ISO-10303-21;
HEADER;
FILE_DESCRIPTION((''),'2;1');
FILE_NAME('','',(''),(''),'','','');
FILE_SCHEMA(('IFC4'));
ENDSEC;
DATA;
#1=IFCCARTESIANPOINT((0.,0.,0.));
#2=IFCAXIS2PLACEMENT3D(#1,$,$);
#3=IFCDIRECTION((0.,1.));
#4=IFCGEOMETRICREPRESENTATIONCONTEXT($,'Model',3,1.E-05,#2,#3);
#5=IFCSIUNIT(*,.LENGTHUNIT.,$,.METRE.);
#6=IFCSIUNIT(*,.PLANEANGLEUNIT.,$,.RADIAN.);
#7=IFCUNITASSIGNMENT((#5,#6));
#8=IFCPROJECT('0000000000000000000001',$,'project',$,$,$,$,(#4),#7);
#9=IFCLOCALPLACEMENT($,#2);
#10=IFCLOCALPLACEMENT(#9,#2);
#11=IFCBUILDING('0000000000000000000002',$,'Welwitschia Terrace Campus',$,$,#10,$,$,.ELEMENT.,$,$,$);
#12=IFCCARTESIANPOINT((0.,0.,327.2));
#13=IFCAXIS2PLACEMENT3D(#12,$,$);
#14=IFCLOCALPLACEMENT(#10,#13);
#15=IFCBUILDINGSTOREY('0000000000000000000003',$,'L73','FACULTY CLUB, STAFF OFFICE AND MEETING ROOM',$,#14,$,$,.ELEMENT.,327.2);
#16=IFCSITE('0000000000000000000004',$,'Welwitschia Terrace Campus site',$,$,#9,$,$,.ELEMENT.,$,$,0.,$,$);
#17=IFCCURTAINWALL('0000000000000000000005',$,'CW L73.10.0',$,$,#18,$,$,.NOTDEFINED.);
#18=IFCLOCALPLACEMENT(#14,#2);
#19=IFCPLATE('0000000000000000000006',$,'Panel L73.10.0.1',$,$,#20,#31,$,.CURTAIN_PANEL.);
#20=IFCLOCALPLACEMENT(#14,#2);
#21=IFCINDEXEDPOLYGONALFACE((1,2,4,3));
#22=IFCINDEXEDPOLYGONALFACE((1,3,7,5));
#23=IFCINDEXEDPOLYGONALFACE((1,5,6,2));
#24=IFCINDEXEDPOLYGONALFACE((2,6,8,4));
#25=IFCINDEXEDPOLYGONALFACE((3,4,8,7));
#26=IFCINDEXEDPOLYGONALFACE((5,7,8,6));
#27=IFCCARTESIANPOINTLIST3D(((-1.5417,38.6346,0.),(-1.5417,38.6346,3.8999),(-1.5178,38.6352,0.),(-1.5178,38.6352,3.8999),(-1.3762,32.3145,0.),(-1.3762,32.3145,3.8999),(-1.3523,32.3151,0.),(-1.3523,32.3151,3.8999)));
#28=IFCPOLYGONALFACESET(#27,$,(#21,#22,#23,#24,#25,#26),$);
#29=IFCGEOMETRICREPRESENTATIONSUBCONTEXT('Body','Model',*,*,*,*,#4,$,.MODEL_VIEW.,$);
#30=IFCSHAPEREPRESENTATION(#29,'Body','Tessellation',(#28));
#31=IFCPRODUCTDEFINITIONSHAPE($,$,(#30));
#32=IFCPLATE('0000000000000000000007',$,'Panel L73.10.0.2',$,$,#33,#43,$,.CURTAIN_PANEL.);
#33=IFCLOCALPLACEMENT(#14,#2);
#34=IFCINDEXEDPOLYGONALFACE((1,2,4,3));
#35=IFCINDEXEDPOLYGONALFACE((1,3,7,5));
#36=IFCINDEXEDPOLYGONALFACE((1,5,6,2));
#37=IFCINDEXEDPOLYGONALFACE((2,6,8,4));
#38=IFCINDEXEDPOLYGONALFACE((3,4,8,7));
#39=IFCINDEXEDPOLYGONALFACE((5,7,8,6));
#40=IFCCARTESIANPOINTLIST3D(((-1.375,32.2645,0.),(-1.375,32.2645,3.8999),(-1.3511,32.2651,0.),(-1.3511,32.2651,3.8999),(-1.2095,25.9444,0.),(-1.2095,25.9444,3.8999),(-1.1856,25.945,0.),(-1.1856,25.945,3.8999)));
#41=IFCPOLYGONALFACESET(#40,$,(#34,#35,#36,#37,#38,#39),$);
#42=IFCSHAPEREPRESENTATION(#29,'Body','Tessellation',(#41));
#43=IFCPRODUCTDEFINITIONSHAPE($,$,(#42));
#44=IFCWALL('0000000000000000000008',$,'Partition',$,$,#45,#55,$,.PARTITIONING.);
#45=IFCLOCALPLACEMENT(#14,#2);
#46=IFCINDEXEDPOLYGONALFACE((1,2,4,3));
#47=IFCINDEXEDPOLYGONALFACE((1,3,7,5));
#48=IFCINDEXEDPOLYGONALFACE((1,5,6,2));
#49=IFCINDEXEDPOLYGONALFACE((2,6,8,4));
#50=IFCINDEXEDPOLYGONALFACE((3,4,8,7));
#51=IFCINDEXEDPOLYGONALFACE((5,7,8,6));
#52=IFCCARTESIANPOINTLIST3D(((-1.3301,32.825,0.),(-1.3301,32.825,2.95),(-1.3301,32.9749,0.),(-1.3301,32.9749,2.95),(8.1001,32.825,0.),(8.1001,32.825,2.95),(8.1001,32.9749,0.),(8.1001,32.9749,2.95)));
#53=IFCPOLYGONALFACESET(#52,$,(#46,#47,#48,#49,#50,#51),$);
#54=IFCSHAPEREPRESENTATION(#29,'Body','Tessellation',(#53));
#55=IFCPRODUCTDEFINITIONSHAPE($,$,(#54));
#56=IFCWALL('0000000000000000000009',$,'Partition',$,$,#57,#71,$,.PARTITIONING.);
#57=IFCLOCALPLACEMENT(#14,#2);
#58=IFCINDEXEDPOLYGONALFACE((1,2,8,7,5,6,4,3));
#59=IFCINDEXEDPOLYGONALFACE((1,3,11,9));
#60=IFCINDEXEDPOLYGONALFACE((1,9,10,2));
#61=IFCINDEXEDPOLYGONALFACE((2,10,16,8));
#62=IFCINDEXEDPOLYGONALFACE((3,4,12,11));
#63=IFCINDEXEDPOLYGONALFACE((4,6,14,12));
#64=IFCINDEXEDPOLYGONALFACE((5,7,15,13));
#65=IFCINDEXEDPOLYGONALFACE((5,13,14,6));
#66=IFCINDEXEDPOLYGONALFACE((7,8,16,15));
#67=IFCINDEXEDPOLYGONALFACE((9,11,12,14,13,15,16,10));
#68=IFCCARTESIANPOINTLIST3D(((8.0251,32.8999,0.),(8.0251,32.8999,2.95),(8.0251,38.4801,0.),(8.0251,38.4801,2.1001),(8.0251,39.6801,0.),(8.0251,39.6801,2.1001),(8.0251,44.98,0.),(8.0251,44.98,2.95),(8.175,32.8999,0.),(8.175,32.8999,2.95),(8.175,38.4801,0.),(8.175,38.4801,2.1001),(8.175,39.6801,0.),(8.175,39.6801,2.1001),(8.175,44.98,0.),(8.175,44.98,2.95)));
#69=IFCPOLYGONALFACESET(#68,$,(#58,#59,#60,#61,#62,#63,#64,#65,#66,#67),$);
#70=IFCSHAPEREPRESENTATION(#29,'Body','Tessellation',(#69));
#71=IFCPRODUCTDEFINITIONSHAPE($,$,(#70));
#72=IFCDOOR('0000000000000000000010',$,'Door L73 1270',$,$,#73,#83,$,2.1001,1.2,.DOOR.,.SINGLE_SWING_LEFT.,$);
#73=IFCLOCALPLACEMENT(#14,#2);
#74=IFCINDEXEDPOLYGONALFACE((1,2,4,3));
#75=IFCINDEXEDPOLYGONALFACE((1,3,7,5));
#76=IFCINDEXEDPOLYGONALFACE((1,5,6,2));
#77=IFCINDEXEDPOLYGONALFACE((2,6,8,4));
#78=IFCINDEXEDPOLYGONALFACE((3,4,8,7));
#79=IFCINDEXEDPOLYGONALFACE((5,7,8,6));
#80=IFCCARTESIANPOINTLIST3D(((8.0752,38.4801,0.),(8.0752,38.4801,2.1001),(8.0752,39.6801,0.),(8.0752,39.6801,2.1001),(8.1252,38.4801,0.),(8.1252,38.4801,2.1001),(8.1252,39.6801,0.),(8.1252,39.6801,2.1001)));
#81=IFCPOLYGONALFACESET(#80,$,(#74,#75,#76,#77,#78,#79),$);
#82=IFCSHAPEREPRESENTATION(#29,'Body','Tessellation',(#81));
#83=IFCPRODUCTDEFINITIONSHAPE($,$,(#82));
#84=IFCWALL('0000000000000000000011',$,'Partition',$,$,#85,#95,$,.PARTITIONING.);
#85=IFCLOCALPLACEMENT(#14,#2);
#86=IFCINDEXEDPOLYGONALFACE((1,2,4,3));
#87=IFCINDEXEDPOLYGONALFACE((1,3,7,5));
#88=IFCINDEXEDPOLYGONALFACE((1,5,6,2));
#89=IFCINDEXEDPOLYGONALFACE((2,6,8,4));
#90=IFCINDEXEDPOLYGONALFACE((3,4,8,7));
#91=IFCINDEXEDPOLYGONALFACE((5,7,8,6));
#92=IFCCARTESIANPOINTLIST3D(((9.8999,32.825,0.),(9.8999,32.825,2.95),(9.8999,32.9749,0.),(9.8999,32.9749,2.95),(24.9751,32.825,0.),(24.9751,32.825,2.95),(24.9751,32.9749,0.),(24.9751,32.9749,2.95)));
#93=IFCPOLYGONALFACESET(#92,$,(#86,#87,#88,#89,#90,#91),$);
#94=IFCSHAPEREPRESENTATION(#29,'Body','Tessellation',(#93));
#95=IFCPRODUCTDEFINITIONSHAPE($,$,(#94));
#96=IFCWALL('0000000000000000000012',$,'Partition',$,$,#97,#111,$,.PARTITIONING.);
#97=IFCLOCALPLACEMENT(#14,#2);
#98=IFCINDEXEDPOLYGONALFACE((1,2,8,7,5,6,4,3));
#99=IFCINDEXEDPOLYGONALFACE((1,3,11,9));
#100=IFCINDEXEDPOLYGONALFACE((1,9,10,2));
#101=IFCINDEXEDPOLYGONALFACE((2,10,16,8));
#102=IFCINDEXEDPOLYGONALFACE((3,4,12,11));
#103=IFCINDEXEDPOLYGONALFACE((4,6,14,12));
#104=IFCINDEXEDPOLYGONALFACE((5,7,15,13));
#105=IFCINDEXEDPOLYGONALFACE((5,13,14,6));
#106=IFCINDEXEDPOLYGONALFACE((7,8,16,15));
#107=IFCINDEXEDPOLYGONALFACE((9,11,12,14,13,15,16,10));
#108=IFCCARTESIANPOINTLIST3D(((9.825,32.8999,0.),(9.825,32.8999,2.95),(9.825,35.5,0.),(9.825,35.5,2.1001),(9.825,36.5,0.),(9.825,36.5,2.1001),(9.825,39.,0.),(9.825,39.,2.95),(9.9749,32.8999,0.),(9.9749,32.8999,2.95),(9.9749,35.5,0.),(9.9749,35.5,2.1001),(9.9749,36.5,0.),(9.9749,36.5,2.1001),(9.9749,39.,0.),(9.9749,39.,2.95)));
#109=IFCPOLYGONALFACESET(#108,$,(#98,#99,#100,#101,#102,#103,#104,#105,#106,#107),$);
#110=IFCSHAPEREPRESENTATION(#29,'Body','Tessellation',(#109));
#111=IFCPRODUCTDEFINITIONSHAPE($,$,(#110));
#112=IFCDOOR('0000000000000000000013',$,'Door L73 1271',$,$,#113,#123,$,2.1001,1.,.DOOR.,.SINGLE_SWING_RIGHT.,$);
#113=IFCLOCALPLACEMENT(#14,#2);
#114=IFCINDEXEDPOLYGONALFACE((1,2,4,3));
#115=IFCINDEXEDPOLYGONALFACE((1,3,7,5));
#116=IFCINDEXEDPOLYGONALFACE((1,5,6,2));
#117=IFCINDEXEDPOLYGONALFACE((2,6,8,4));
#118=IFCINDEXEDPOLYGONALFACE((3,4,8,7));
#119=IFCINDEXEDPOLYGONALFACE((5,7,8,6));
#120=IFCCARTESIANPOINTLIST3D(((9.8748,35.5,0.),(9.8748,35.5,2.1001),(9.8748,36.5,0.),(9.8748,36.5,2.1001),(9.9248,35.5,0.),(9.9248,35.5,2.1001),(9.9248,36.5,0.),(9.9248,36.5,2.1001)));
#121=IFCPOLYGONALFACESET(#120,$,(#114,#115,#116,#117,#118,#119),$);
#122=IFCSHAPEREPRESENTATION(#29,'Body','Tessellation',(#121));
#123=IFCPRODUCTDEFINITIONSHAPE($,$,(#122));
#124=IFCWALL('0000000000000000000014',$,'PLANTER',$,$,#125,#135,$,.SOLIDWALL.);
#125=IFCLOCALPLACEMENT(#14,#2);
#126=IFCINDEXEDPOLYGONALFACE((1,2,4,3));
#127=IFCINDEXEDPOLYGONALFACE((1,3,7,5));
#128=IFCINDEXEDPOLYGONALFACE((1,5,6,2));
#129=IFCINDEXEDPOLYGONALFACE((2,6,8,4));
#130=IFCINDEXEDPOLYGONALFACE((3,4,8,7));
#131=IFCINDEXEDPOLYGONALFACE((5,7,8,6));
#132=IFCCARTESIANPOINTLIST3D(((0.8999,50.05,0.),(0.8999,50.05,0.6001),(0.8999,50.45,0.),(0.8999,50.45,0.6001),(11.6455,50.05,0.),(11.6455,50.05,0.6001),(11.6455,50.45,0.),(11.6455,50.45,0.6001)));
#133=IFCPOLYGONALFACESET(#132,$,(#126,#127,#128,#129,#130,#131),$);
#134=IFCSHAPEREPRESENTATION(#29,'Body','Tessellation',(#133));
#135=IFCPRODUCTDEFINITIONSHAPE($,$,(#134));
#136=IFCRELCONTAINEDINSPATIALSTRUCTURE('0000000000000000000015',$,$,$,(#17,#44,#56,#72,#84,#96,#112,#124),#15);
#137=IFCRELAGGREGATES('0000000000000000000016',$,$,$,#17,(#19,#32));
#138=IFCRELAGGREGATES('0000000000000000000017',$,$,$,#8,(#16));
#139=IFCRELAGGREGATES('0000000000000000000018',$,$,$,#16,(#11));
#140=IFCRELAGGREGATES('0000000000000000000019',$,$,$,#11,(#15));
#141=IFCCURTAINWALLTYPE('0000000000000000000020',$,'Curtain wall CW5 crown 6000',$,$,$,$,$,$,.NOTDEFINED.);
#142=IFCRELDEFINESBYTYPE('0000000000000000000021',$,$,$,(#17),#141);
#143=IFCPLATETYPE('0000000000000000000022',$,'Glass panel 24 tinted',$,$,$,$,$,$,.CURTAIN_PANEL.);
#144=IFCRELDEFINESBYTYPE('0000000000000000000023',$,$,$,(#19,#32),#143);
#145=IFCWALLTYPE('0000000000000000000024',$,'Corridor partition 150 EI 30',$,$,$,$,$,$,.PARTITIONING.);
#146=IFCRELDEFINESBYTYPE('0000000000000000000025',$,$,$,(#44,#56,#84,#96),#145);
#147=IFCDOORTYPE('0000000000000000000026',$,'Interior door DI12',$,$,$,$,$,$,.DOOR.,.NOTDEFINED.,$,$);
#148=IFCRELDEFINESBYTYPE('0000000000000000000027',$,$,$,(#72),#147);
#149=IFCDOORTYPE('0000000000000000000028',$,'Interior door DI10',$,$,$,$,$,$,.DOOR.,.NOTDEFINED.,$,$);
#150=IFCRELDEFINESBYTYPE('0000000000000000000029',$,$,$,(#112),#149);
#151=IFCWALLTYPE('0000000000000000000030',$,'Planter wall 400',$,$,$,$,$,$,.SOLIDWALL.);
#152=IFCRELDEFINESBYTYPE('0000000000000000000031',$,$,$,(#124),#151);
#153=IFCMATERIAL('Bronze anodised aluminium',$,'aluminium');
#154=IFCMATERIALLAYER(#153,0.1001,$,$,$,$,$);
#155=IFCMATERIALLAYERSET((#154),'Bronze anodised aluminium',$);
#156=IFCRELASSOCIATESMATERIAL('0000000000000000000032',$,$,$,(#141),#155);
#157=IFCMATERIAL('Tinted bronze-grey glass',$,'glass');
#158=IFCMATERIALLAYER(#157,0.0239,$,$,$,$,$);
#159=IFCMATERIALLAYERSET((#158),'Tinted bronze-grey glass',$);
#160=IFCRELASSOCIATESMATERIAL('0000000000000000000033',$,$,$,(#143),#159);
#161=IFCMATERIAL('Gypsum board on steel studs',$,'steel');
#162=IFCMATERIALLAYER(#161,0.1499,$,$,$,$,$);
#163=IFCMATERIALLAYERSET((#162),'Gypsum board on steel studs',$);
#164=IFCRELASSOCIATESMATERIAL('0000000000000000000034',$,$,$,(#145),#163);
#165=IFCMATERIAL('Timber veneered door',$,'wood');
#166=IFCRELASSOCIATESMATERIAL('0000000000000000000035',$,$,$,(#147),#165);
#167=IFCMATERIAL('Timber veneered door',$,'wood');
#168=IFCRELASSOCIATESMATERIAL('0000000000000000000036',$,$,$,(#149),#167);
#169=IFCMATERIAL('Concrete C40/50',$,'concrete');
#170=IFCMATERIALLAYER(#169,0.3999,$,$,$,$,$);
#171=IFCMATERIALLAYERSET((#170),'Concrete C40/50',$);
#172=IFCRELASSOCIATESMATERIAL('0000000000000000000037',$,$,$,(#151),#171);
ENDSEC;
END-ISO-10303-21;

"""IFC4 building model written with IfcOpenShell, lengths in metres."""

from ifc_helpers import new_model, si_unit, direction, frame, frame_2d, origin, origin_2d, place, context, subcontext, project, spatial, rectangle, extrude, material, layer, layer_set, type_object, element, fill, aggregate, save


model = new_model("IFC4")

# Units and contexts
model_context = context("Model", 3, precision=1e-05, world=origin(), true_north=direction((0.0, 1.0)))
body_context = subcontext(model_context, "Body", "Model", "MODEL_VIEW")
ifc_project = project(units=[si_unit("LENGTHUNIT", "METRE"), si_unit("PLANEANGLEUNIT", "RADIAN")], contexts=[model_context])

# Site, building, storey
site_placement = place(None, origin())
site = spatial("IfcSite", under=ifc_project, at=site_placement, Name="Welwitschia Terrace Campus site", CompositionType="ELEMENT", RefElevation=0.0)
building_placement = place(site_placement, origin())
building = spatial("IfcBuilding", under=site, at=building_placement, Name="Welwitschia Terrace Campus", CompositionType="ELEMENT")
storey_placement = place(building_placement, frame((0.0, 0.0, 327.2)))
storey = spatial("IfcBuildingStorey", under=building, at=storey_placement, Name="L73", Description="FACULTY CLUB, STAFF OFFICE AND MEETING ROOM", CompositionType="ELEMENT", Elevation=327.2)

# Curtain wall
ifc_material_1 = material(Name="Bronze anodised aluminium", Category="aluminium")
ifc_layer_1 = layer(ifc_material_1, 0.1001)
ifc_layer_set_1 = layer_set([ifc_layer_1], Name="Bronze anodised aluminium")
curtain_wall_type = type_object("IfcCurtainWallType", Name="Curtain wall CW5 crown 6000", PredefinedType="NOTDEFINED", material=ifc_layer_set_1)
curtain_wall_1_placement = place(storey_placement, origin())
curtain_wall_1 = element("IfcCurtainWall", 1, at=curtain_wall_1_placement, inside=storey, type_object=curtain_wall_type, Name="CW L73.10.0", PredefinedType="NOTDEFINED")

# Plates
ifc_material_2 = material(Name="Tinted bronze-grey glass", Category="glass")
ifc_layer_2 = layer(ifc_material_2, 0.0239)
ifc_layer_set_2 = layer_set([ifc_layer_2], Name="Tinted bronze-grey glass")
plate_type = type_object("IfcPlateType", Name="Glass panel 24 tinted", PredefinedType="CURTAIN_PANEL", material=ifc_layer_set_2)
plate_1_placement = place(storey_placement, frame((-1.447, 35.4749, 0.0), z_axis=(0.0, 0.0, 1.0), x_axis=(0.026177, -0.999657, 0.0)))
plate_1 = element("IfcPlate", 2, at=plate_1_placement, type_object=plate_type, Name="Panel L73.10.0.1", PredefinedType="CURTAIN_PANEL", context=body_context, shape_type="SweptSolid", body=[
    extrude(rectangle(XDim=6.3223, YDim=0.0239, at=origin_2d()), origin(), (0.0, 0.0, 1.0), 3.8999),
])
plate_2_placement = place(storey_placement, frame((-1.2803, 29.1047, 0.0), z_axis=(0.0, 0.0, 1.0), x_axis=(0.026177, -0.999657, 0.0)))
plate_2 = element("IfcPlate", 3, at=plate_2_placement, type_object=plate_type, Name="Panel L73.10.0.2", PredefinedType="CURTAIN_PANEL", context=body_context, shape_type="SweptSolid", body=[
    extrude(rectangle(XDim=6.3223, YDim=0.0239, at=origin_2d()), origin(), (0.0, 0.0, 1.0), 3.8999),
])
aggregate(curtain_wall_1, [plate_1, plate_2])

# Wall
ifc_material_3 = material(Name="Gypsum board on steel studs", Category="steel")
ifc_layer_3 = layer(ifc_material_3, 0.1499)
ifc_layer_set_3 = layer_set([ifc_layer_3], Name="Gypsum board on steel studs")
wall_type_1 = type_object("IfcWallType", Name="Corridor partition 150 EI 30", PredefinedType="PARTITIONING", material=ifc_layer_set_3)
wall_1_placement = place(storey_placement, frame((-1.3301, 32.8999, 0.0), z_axis=(0.0, 0.0, 1.0), x_axis=(1.0, 0.0, 0.0)))
element("IfcWall", 4, at=wall_1_placement, inside=storey, type_object=wall_type_1, Name="Partition", PredefinedType="PARTITIONING", context=body_context, shape_type="SweptSolid", body=[
    extrude(rectangle(XDim=9.4302, YDim=0.1499, at=frame_2d((4.7151, 0.0))), origin(), (0.0, 0.0, 1.0), 2.95),
])

# Wall, opening, door
wall_2_placement = place(storey_placement, frame((8.1001, 32.8999, 0.0), z_axis=(0.0, 0.0, 1.0), x_axis=(0.0, 1.0, 0.0)))
wall_2 = element("IfcWall", 5, at=wall_2_placement, inside=storey, type_object=wall_type_1, Name="Partition", PredefinedType="PARTITIONING", context=body_context, shape_type="SweptSolid", body=[
    extrude(rectangle(XDim=12.0801, YDim=0.1499, at=frame_2d((6.04, 0.0))), origin(), (0.0, 0.0, 1.0), 2.95),
])
opening_1_placement = place(wall_2_placement, frame((5.5801, 0.0, 0.0)))
opening_1 = element("IfcOpeningElement", 6, at=opening_1_placement, cuts=wall_2, PredefinedType="OPENING", context=body_context, shape_type="SweptSolid", body=[
    extrude(rectangle(XDim=1.2, YDim=2.1001, at=frame_2d((0.6001, 1.05))), frame((0.0, 0.085, 0.0), z_axis=(0.0, -1.0, 0.0), x_axis=(1.0, 0.0, 0.0)), (0.0, 0.0, 1.0), 0.1699),
])
ifc_material_4 = material(Name="Timber veneered door", Category="wood")
door_type_1 = type_object("IfcDoorType", Name="Interior door DI12", OperationType="NOTDEFINED", PredefinedType="DOOR", material=ifc_material_4)
door_1_placement = place(opening_1_placement, origin())
door_1 = element("IfcDoor", 7, at=door_1_placement, inside=storey, type_object=door_type_1, Name="Door L73 1270", OperationType="SINGLE_SWING_LEFT", OverallHeight=2.1001, OverallWidth=1.2, PredefinedType="DOOR", context=body_context, shape_type="SweptSolid", body=[
    extrude(rectangle(XDim=1.2, YDim=2.1001, at=frame_2d((0.6001, 1.05))), frame((0.0, 0.0249, 0.0), z_axis=(0.0, -1.0, 0.0), x_axis=(1.0, 0.0, 0.0)), (0.0, 0.0, 1.0), 0.05),
])
fill(opening_1, door_1)

# Wall
wall_3_placement = place(storey_placement, frame((9.8999, 32.8999, 0.0), z_axis=(0.0, 0.0, 1.0), x_axis=(1.0, 0.0, 0.0)))
element("IfcWall", 8, at=wall_3_placement, inside=storey, type_object=wall_type_1, Name="Partition", PredefinedType="PARTITIONING", context=body_context, shape_type="SweptSolid", body=[
    extrude(rectangle(XDim=15.0752, YDim=0.1499, at=frame_2d((7.5376, 0.0))), origin(), (0.0, 0.0, 1.0), 2.95),
])

# Wall, opening, door
wall_4_placement = place(storey_placement, frame((9.8999, 39.0, 0.0), z_axis=(0.0, 0.0, 1.0), x_axis=(0.0, -1.0, 0.0)))
wall_4 = element("IfcWall", 9, at=wall_4_placement, inside=storey, type_object=wall_type_1, Name="Partition", PredefinedType="PARTITIONING", context=body_context, shape_type="SweptSolid", body=[
    extrude(rectangle(XDim=6.1001, YDim=0.1499, at=frame_2d((3.05, 0.0))), origin(), (0.0, 0.0, 1.0), 2.95),
])
opening_2_placement = place(wall_4_placement, frame((2.5, 0.0, 0.0)))
opening_2 = element("IfcOpeningElement", 10, at=opening_2_placement, cuts=wall_4, PredefinedType="OPENING", context=body_context, shape_type="SweptSolid", body=[
    extrude(rectangle(XDim=1.0, YDim=2.1001, at=frame_2d((0.5, 1.05))), frame((0.0, 0.085, 0.0), z_axis=(0.0, -1.0, 0.0), x_axis=(1.0, 0.0, 0.0)), (0.0, 0.0, 1.0), 0.1699),
])
ifc_material_5 = material(Name="Timber veneered door", Category="wood")
door_type_2 = type_object("IfcDoorType", Name="Interior door DI10", OperationType="NOTDEFINED", PredefinedType="DOOR", material=ifc_material_5)
door_2_placement = place(opening_2_placement, origin())
door_2 = element("IfcDoor", 11, at=door_2_placement, inside=storey, type_object=door_type_2, Name="Door L73 1271", OperationType="SINGLE_SWING_RIGHT", OverallHeight=2.1001, OverallWidth=1.0, PredefinedType="DOOR", context=body_context, shape_type="SweptSolid", body=[
    extrude(rectangle(XDim=1.0, YDim=2.1001, at=frame_2d((0.5, 1.05))), frame((0.0, 0.0249, 0.0), z_axis=(0.0, -1.0, 0.0), x_axis=(1.0, 0.0, 0.0)), (0.0, 0.0, 1.0), 0.05),
])
fill(opening_2, door_2)

# Wall
ifc_material_6 = material(Name="Concrete C40/50", Category="concrete")
ifc_layer_4 = layer(ifc_material_6, 0.3999)
ifc_layer_set_4 = layer_set([ifc_layer_4], Name="Concrete C40/50")
wall_type_2 = type_object("IfcWallType", Name="Planter wall 400", PredefinedType="SOLIDWALL", material=ifc_layer_set_4)
wall_5_placement = place(storey_placement, frame((0.8999, 50.25, 0.0), z_axis=(0.0, 0.0, 1.0), x_axis=(1.0, 0.0, 0.0)))
element("IfcWall", 12, at=wall_5_placement, inside=storey, type_object=wall_type_2, Name="PLANTER", PredefinedType="SOLIDWALL", context=body_context, shape_type="SweptSolid", body=[
    extrude(rectangle(XDim=10.7456, YDim=0.3999, at=frame_2d((5.3728, 0.0))), origin(), (0.0, 0.0, 1.0), 0.6001),
])

save(model, "model.ifc")
